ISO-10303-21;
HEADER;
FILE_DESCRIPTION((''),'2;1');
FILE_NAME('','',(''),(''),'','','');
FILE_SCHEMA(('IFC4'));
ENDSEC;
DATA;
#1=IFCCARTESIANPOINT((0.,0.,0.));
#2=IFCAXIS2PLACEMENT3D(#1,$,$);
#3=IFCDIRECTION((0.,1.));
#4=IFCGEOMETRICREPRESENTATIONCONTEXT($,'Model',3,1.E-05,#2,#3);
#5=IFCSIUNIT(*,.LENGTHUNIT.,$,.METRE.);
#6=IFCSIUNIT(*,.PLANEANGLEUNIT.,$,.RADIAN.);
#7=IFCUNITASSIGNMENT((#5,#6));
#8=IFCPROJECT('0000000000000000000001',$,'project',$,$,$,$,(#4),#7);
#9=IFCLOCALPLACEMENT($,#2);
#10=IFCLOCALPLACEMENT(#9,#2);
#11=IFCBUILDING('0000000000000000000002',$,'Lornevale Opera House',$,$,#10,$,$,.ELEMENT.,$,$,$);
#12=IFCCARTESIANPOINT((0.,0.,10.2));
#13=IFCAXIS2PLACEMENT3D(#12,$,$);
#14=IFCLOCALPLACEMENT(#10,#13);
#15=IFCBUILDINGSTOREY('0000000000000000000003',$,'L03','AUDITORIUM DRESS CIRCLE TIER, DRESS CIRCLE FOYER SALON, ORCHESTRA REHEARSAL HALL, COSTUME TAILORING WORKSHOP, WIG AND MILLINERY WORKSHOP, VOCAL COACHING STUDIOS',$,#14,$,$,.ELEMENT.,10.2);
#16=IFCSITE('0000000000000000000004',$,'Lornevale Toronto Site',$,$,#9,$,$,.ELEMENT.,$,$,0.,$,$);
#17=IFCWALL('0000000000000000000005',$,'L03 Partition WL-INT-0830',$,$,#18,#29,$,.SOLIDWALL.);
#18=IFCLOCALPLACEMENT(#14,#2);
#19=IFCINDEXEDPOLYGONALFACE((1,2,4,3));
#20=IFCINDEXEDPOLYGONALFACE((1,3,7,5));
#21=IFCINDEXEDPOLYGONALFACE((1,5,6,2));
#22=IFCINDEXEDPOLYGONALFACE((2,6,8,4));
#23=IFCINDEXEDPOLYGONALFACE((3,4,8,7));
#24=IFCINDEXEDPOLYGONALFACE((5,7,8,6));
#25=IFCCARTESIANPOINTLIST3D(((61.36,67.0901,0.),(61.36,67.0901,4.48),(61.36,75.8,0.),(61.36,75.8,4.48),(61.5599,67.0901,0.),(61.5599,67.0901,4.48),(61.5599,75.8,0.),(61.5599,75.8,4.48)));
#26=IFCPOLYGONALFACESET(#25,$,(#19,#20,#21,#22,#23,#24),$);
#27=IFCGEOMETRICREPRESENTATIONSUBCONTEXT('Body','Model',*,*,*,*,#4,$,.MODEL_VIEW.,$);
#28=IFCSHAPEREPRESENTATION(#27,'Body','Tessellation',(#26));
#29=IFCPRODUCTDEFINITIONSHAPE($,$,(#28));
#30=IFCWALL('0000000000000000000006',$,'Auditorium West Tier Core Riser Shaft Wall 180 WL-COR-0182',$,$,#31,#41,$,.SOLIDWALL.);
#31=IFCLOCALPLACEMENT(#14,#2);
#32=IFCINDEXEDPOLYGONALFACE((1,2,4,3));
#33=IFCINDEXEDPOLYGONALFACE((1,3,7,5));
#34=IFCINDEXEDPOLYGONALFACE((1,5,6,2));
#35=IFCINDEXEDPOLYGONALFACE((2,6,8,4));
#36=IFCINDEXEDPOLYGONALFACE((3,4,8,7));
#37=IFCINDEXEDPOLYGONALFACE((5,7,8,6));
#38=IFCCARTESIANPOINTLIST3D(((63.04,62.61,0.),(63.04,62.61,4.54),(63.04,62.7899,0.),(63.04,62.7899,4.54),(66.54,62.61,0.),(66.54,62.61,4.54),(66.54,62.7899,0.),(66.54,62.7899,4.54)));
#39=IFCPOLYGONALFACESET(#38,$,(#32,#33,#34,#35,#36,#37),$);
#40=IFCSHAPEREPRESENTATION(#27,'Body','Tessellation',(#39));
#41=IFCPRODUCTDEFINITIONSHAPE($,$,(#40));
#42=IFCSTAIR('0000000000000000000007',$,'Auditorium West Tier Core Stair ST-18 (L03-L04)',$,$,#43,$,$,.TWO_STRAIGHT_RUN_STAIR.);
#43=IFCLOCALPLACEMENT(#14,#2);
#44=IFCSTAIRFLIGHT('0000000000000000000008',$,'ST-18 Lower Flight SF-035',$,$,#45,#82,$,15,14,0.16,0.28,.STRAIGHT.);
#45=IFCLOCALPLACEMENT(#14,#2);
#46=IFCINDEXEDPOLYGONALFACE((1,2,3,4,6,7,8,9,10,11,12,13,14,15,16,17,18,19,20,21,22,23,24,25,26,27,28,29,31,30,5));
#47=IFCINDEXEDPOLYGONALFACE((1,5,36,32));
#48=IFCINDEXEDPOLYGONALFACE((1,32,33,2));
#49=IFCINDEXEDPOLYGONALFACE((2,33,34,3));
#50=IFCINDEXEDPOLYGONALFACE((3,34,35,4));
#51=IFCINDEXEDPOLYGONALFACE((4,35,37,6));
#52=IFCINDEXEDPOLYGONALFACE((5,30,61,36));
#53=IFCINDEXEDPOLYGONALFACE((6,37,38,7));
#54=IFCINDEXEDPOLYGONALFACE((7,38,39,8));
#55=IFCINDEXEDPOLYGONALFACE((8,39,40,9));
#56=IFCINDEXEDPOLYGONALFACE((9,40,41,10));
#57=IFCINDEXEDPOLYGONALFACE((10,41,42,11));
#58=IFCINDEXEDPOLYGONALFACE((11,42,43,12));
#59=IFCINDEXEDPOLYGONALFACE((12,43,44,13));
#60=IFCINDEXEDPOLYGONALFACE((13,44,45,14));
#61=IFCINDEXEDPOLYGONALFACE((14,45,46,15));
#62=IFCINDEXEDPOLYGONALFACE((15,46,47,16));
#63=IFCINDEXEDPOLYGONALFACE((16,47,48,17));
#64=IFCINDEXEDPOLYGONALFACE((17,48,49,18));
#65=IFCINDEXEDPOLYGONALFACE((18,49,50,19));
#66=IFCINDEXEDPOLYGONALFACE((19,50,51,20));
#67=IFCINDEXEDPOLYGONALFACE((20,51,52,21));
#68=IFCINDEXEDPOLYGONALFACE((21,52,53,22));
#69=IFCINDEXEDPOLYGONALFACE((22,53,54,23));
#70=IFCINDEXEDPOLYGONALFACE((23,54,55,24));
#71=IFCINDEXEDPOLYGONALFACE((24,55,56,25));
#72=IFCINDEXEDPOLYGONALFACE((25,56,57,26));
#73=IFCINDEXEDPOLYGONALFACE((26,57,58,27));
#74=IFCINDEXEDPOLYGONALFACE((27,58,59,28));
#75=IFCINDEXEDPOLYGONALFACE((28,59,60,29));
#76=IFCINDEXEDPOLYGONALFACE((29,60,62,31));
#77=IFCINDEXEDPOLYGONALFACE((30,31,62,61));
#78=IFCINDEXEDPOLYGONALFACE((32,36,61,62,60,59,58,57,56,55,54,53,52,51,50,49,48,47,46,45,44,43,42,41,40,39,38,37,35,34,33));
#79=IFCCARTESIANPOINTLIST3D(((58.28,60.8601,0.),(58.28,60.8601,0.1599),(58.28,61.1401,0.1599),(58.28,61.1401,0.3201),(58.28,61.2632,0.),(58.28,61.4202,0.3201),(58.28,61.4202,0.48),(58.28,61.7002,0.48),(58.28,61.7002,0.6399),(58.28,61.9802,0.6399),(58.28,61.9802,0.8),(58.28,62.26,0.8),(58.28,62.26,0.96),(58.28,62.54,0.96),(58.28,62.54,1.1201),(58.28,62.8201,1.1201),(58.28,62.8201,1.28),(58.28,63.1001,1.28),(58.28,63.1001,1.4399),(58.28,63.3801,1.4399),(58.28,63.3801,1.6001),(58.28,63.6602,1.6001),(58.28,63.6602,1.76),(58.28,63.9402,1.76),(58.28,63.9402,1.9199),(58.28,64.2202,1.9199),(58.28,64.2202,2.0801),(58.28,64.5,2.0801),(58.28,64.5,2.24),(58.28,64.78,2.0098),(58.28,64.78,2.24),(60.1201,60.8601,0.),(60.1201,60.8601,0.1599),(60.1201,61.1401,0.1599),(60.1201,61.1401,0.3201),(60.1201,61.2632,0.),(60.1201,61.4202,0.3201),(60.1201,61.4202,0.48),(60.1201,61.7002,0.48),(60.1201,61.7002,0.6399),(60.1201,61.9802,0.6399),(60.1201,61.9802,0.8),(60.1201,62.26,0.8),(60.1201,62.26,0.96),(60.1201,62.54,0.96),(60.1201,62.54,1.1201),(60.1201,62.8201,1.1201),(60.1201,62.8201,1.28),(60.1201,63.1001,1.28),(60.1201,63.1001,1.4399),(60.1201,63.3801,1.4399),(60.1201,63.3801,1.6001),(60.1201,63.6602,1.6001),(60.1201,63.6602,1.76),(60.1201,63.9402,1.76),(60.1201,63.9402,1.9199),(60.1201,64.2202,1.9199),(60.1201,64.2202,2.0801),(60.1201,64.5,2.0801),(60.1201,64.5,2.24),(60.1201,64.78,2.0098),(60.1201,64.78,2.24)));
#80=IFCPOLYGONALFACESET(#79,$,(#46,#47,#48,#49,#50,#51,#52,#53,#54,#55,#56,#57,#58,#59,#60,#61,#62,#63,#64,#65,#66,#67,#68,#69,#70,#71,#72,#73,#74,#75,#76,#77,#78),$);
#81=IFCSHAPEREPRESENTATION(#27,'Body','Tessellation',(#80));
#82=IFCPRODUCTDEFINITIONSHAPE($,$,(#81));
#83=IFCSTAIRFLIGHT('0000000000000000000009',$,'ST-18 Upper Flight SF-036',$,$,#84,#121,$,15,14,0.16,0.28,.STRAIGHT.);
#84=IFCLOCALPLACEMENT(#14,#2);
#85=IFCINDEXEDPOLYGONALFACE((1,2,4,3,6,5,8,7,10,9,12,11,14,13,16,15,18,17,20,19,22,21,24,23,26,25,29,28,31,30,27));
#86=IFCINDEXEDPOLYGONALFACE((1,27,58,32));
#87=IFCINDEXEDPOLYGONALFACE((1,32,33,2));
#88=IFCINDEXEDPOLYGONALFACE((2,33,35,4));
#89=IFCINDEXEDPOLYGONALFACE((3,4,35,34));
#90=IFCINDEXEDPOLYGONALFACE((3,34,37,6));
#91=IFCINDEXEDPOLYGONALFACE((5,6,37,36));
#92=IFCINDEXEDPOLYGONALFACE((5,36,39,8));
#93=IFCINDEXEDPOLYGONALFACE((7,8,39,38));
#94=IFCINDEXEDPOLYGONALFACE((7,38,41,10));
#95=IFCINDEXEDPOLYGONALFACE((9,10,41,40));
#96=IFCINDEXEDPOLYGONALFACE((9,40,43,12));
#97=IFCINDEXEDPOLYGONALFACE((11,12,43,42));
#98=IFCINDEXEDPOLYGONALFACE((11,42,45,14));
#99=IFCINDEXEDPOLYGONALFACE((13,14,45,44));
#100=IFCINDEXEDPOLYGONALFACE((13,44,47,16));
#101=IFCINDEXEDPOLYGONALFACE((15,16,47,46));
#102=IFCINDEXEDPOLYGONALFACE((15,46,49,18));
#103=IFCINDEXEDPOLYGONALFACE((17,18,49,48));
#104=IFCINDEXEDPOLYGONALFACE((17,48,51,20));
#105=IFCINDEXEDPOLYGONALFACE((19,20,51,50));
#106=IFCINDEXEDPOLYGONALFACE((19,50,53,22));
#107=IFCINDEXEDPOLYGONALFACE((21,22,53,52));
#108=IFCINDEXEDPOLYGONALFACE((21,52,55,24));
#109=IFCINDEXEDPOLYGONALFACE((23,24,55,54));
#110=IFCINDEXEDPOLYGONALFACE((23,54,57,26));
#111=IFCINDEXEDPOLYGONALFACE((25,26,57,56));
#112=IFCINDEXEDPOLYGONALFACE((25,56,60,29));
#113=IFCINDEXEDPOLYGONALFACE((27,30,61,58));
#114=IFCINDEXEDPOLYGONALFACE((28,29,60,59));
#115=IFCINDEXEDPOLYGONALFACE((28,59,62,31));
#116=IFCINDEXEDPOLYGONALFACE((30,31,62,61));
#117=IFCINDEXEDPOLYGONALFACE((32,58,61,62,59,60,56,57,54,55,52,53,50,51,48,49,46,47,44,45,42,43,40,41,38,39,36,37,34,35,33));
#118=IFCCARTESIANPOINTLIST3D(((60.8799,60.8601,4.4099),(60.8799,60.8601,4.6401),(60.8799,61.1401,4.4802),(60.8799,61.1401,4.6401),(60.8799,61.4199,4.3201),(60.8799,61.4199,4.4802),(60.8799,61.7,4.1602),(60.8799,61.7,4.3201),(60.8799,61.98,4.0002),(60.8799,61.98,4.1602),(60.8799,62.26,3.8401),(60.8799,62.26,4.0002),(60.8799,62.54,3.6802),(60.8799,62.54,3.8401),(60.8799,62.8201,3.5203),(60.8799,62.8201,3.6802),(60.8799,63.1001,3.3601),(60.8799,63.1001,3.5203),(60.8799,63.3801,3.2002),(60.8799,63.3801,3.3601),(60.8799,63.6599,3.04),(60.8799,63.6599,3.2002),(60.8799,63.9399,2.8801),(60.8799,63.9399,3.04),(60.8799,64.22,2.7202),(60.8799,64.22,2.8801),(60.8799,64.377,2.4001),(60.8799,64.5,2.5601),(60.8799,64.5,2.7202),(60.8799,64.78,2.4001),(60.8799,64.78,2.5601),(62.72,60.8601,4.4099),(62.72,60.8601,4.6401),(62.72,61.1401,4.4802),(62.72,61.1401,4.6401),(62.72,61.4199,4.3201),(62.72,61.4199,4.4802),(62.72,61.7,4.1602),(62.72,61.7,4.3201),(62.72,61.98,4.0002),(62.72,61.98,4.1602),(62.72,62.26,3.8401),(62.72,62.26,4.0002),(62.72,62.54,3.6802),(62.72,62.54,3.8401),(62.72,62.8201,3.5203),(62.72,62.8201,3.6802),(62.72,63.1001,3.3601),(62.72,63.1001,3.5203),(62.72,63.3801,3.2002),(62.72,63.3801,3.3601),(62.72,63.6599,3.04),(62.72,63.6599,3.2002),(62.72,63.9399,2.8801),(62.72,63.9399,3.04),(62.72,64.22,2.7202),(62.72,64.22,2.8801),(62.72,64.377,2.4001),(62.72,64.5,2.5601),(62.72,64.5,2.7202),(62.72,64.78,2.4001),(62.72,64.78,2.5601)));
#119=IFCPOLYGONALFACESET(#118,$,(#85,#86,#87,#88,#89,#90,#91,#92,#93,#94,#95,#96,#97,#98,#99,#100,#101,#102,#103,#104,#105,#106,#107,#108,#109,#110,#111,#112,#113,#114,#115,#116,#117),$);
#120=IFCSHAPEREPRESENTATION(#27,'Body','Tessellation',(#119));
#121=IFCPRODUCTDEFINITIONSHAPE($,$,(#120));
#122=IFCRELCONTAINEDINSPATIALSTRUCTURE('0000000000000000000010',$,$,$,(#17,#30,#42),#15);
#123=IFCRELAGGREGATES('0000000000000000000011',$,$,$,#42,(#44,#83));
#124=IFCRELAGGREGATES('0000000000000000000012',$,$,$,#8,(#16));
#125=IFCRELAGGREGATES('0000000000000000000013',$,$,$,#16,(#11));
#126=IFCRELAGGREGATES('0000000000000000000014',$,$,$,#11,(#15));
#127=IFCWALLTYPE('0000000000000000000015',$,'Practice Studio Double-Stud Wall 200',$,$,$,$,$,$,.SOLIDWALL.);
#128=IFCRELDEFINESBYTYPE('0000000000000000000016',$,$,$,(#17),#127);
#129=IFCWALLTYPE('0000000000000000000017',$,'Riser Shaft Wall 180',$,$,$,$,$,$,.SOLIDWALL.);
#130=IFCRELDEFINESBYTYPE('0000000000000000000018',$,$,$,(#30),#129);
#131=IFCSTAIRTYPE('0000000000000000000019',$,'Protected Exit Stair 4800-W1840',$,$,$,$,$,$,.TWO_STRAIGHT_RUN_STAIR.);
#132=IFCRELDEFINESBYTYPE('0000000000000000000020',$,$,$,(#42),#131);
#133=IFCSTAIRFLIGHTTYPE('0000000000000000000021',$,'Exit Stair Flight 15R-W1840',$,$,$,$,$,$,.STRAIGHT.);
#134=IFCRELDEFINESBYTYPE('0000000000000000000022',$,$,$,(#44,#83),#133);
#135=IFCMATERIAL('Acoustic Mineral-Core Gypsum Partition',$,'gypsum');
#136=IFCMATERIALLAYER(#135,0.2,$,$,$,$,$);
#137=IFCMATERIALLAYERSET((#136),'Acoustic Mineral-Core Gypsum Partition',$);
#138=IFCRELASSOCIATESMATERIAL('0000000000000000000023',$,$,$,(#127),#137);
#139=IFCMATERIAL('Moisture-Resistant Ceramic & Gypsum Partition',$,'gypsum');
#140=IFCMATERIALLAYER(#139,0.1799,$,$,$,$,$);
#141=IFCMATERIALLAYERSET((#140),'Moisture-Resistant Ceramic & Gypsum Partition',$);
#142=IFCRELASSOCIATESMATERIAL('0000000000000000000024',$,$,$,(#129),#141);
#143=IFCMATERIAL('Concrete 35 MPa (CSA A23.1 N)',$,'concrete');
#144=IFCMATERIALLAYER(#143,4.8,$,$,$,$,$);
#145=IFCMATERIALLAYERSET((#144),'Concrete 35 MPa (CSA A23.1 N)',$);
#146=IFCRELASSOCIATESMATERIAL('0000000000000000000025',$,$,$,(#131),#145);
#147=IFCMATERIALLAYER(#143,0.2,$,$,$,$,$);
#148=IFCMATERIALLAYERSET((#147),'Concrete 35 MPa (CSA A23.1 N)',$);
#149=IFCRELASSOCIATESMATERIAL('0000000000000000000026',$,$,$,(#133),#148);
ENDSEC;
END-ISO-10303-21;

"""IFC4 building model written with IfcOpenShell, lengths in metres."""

from ifc_helpers import new_model, si_unit, direction, frame, frame_2d, origin, place, context, subcontext, project, spatial, polyline, rectangle, outline, extrude, material, layer, layer_set, type_object, element, aggregate, save


model = new_model("IFC4")

# Units and contexts
model_context = context("Model", 3, precision=1e-05, world=origin(), true_north=direction((0.0, 1.0)))
body_context = subcontext(model_context, "Body", "Model", "MODEL_VIEW")
ifc_project = project(units=[si_unit("LENGTHUNIT", "METRE"), si_unit("PLANEANGLEUNIT", "RADIAN")], contexts=[model_context])

# Site, building, storey
site_placement = place(None, origin())
site = spatial("IfcSite", under=ifc_project, at=site_placement, Name="Lornevale Toronto Site", CompositionType="ELEMENT", RefElevation=0.0)
building_placement = place(site_placement, origin())
building = spatial("IfcBuilding", under=site, at=building_placement, Name="Lornevale Opera House", CompositionType="ELEMENT")
storey_placement = place(building_placement, frame((0.0, 0.0, 10.2)))
storey = spatial("IfcBuildingStorey", under=building, at=storey_placement, Name="L03", Description="AUDITORIUM DRESS CIRCLE TIER, DRESS CIRCLE FOYER SALON, ORCHESTRA REHEARSAL HALL, COSTUME TAILORING WORKSHOP, WIG AND MILLINERY WORKSHOP, VOCAL COACHING STUDIOS", CompositionType="ELEMENT", Elevation=10.2)

# Shared definitions
ifc_material_1 = material(Name="Concrete 35 MPa (CSA A23.1 N)", Category="concrete")

# Walls
ifc_material_2 = material(Name="Acoustic Mineral-Core Gypsum Partition", Category="gypsum")
ifc_layer_1 = layer(ifc_material_2, 0.2)
ifc_layer_set_1 = layer_set([ifc_layer_1], Name="Acoustic Mineral-Core Gypsum Partition")
wall_type_1 = type_object("IfcWallType", Name="Practice Studio Double-Stud Wall 200", PredefinedType="SOLIDWALL", material=ifc_layer_set_1)
wall_1_placement = place(storey_placement, frame((61.46, 67.0901, 0.0), z_axis=(0.0, 0.0, 1.0), x_axis=(0.0, 1.0, 0.0)))
element("IfcWall", 1, at=wall_1_placement, inside=storey, type_object=wall_type_1, Name="L03 Partition WL-INT-0830", PredefinedType="SOLIDWALL", context=body_context, shape_type="SweptSolid", body=[
    extrude(rectangle(XDim=8.71, YDim=0.2, at=frame_2d((4.355, 0.0))), origin(), (0.0, 0.0, 1.0), 4.48),
])
ifc_material_3 = material(Name="Moisture-Resistant Ceramic & Gypsum Partition", Category="gypsum")
ifc_layer_2 = layer(ifc_material_3, 0.1799)
ifc_layer_set_2 = layer_set([ifc_layer_2], Name="Moisture-Resistant Ceramic & Gypsum Partition")
wall_type_2 = type_object("IfcWallType", Name="Riser Shaft Wall 180", PredefinedType="SOLIDWALL", material=ifc_layer_set_2)
wall_2_placement = place(storey_placement, frame((63.04, 62.7, 0.0), z_axis=(0.0, 0.0, 1.0), x_axis=(1.0, 0.0, 0.0)))
element("IfcWall", 2, at=wall_2_placement, inside=storey, type_object=wall_type_2, Name="Auditorium West Tier Core Riser Shaft Wall 180 WL-COR-0182", PredefinedType="SOLIDWALL", context=body_context, shape_type="SweptSolid", body=[
    extrude(rectangle(XDim=3.5, YDim=0.1799, at=frame_2d((1.75, 0.0))), origin(), (0.0, 0.0, 1.0), 4.54),
])

# Stair, stair flights
ifc_layer_3 = layer(ifc_material_1, 4.8)
ifc_layer_set_3 = layer_set([ifc_layer_3], Name="Concrete 35 MPa (CSA A23.1 N)")
stair_type = type_object("IfcStairType", Name="Protected Exit Stair 4800-W1840", PredefinedType="TWO_STRAIGHT_RUN_STAIR", material=ifc_layer_set_3)
stair_placement = place(storey_placement, origin())
stair = element("IfcStair", 3, at=stair_placement, inside=storey, type_object=stair_type, Name="Auditorium West Tier Core Stair ST-18 (L03-L04)", PredefinedType="TWO_STRAIGHT_RUN_STAIR")
ifc_layer_4 = layer(ifc_material_1, 0.2)
ifc_layer_set_4 = layer_set([ifc_layer_4], Name="Concrete 35 MPa (CSA A23.1 N)")
stair_flight_type = type_object("IfcStairFlightType", Name="Exit Stair Flight 15R-W1840", PredefinedType="STRAIGHT", material=ifc_layer_set_4)
stair_flight_1_placement = place(storey_placement, frame((59.2, 60.8601, 0.0), z_axis=(0.0, 0.0, 1.0), x_axis=(0.0, 1.0, 0.0)))
stair_flight_1 = element("IfcStairFlight", 4, at=stair_flight_1_placement, type_object=stair_flight_type, Name="ST-18 Lower Flight SF-035", NumberOfRisers=15, NumberOfTreads=14, PredefinedType="STRAIGHT", RiserHeight=0.16, TreadLength=0.28, context=body_context, shape_type="SweptSolid", body=[
    extrude(outline(polyline([(0.0, 0.0), (0.0, 0.1599), (0.28, 0.1599), (0.28, 0.3201), (0.5601, 0.3201), (0.5601, 0.48), (0.8401, 0.48), (0.8401, 0.6399), (1.1201, 0.6399), (1.1201, 0.8), (1.3999, 0.8), (1.3999, 0.96), (1.6799, 0.96), (1.6799, 1.1201), (1.96, 1.1201), (1.96, 1.28), (2.24, 1.28), (2.24, 1.4399), (2.52, 1.4399), (2.52, 1.6001), (2.8, 1.6001), (2.8, 1.76), (3.0801, 1.76), (3.0801, 1.9199), (3.3601, 1.9199), (3.3601, 2.0801), (3.6399, 2.0801), (3.6399, 2.24), (3.9199, 2.24), (3.9199, 2.0098), (0.4031, 0.0), (0.0, 0.0)])), frame((0.0, 0.9199, 0.0), z_axis=(0.0, -1.0, 0.0), x_axis=(1.0, 0.0, 0.0)), (0.0, 0.0, 1.0), 1.8401),
])
stair_flight_2_placement = place(storey_placement, frame((61.8, 64.78, 2.4001), z_axis=(0.0, 0.0, 1.0), x_axis=(0.0, -1.0, 0.0)))
stair_flight_2 = element("IfcStairFlight", 5, at=stair_flight_2_placement, type_object=stair_flight_type, Name="ST-18 Upper Flight SF-036", NumberOfRisers=15, NumberOfTreads=14, PredefinedType="STRAIGHT", RiserHeight=0.16, TreadLength=0.28, context=body_context, shape_type="SweptSolid", body=[
    extrude(outline(polyline([(0.0, 0.0), (0.0, 0.1599), (0.28, 0.1599), (0.28, 0.3201), (0.5601, 0.3201), (0.5601, 0.48), (0.8401, 0.48), (0.8401, 0.6399), (1.1201, 0.6399), (1.1201, 0.8), (1.3999, 0.8), (1.3999, 0.96), (1.6799, 0.96), (1.6799, 1.1201), (1.96, 1.1201), (1.96, 1.28), (2.24, 1.28), (2.24, 1.4399), (2.52, 1.4399), (2.52, 1.6001), (2.8, 1.6001), (2.8, 1.76), (3.0801, 1.76), (3.0801, 1.9199), (3.3601, 1.9199), (3.3601, 2.0801), (3.6399, 2.0801), (3.6399, 2.24), (3.9199, 2.24), (3.9199, 2.0098), (0.4031, 0.0), (0.0, 0.0)])), frame((0.0, 0.9199, 0.0), z_axis=(0.0, -1.0, 0.0), x_axis=(1.0, 0.0, 0.0)), (0.0, 0.0, 1.0), 1.8401),
])
aggregate(stair, [stair_flight_1, stair_flight_2])

save(model, "model.ifc")
